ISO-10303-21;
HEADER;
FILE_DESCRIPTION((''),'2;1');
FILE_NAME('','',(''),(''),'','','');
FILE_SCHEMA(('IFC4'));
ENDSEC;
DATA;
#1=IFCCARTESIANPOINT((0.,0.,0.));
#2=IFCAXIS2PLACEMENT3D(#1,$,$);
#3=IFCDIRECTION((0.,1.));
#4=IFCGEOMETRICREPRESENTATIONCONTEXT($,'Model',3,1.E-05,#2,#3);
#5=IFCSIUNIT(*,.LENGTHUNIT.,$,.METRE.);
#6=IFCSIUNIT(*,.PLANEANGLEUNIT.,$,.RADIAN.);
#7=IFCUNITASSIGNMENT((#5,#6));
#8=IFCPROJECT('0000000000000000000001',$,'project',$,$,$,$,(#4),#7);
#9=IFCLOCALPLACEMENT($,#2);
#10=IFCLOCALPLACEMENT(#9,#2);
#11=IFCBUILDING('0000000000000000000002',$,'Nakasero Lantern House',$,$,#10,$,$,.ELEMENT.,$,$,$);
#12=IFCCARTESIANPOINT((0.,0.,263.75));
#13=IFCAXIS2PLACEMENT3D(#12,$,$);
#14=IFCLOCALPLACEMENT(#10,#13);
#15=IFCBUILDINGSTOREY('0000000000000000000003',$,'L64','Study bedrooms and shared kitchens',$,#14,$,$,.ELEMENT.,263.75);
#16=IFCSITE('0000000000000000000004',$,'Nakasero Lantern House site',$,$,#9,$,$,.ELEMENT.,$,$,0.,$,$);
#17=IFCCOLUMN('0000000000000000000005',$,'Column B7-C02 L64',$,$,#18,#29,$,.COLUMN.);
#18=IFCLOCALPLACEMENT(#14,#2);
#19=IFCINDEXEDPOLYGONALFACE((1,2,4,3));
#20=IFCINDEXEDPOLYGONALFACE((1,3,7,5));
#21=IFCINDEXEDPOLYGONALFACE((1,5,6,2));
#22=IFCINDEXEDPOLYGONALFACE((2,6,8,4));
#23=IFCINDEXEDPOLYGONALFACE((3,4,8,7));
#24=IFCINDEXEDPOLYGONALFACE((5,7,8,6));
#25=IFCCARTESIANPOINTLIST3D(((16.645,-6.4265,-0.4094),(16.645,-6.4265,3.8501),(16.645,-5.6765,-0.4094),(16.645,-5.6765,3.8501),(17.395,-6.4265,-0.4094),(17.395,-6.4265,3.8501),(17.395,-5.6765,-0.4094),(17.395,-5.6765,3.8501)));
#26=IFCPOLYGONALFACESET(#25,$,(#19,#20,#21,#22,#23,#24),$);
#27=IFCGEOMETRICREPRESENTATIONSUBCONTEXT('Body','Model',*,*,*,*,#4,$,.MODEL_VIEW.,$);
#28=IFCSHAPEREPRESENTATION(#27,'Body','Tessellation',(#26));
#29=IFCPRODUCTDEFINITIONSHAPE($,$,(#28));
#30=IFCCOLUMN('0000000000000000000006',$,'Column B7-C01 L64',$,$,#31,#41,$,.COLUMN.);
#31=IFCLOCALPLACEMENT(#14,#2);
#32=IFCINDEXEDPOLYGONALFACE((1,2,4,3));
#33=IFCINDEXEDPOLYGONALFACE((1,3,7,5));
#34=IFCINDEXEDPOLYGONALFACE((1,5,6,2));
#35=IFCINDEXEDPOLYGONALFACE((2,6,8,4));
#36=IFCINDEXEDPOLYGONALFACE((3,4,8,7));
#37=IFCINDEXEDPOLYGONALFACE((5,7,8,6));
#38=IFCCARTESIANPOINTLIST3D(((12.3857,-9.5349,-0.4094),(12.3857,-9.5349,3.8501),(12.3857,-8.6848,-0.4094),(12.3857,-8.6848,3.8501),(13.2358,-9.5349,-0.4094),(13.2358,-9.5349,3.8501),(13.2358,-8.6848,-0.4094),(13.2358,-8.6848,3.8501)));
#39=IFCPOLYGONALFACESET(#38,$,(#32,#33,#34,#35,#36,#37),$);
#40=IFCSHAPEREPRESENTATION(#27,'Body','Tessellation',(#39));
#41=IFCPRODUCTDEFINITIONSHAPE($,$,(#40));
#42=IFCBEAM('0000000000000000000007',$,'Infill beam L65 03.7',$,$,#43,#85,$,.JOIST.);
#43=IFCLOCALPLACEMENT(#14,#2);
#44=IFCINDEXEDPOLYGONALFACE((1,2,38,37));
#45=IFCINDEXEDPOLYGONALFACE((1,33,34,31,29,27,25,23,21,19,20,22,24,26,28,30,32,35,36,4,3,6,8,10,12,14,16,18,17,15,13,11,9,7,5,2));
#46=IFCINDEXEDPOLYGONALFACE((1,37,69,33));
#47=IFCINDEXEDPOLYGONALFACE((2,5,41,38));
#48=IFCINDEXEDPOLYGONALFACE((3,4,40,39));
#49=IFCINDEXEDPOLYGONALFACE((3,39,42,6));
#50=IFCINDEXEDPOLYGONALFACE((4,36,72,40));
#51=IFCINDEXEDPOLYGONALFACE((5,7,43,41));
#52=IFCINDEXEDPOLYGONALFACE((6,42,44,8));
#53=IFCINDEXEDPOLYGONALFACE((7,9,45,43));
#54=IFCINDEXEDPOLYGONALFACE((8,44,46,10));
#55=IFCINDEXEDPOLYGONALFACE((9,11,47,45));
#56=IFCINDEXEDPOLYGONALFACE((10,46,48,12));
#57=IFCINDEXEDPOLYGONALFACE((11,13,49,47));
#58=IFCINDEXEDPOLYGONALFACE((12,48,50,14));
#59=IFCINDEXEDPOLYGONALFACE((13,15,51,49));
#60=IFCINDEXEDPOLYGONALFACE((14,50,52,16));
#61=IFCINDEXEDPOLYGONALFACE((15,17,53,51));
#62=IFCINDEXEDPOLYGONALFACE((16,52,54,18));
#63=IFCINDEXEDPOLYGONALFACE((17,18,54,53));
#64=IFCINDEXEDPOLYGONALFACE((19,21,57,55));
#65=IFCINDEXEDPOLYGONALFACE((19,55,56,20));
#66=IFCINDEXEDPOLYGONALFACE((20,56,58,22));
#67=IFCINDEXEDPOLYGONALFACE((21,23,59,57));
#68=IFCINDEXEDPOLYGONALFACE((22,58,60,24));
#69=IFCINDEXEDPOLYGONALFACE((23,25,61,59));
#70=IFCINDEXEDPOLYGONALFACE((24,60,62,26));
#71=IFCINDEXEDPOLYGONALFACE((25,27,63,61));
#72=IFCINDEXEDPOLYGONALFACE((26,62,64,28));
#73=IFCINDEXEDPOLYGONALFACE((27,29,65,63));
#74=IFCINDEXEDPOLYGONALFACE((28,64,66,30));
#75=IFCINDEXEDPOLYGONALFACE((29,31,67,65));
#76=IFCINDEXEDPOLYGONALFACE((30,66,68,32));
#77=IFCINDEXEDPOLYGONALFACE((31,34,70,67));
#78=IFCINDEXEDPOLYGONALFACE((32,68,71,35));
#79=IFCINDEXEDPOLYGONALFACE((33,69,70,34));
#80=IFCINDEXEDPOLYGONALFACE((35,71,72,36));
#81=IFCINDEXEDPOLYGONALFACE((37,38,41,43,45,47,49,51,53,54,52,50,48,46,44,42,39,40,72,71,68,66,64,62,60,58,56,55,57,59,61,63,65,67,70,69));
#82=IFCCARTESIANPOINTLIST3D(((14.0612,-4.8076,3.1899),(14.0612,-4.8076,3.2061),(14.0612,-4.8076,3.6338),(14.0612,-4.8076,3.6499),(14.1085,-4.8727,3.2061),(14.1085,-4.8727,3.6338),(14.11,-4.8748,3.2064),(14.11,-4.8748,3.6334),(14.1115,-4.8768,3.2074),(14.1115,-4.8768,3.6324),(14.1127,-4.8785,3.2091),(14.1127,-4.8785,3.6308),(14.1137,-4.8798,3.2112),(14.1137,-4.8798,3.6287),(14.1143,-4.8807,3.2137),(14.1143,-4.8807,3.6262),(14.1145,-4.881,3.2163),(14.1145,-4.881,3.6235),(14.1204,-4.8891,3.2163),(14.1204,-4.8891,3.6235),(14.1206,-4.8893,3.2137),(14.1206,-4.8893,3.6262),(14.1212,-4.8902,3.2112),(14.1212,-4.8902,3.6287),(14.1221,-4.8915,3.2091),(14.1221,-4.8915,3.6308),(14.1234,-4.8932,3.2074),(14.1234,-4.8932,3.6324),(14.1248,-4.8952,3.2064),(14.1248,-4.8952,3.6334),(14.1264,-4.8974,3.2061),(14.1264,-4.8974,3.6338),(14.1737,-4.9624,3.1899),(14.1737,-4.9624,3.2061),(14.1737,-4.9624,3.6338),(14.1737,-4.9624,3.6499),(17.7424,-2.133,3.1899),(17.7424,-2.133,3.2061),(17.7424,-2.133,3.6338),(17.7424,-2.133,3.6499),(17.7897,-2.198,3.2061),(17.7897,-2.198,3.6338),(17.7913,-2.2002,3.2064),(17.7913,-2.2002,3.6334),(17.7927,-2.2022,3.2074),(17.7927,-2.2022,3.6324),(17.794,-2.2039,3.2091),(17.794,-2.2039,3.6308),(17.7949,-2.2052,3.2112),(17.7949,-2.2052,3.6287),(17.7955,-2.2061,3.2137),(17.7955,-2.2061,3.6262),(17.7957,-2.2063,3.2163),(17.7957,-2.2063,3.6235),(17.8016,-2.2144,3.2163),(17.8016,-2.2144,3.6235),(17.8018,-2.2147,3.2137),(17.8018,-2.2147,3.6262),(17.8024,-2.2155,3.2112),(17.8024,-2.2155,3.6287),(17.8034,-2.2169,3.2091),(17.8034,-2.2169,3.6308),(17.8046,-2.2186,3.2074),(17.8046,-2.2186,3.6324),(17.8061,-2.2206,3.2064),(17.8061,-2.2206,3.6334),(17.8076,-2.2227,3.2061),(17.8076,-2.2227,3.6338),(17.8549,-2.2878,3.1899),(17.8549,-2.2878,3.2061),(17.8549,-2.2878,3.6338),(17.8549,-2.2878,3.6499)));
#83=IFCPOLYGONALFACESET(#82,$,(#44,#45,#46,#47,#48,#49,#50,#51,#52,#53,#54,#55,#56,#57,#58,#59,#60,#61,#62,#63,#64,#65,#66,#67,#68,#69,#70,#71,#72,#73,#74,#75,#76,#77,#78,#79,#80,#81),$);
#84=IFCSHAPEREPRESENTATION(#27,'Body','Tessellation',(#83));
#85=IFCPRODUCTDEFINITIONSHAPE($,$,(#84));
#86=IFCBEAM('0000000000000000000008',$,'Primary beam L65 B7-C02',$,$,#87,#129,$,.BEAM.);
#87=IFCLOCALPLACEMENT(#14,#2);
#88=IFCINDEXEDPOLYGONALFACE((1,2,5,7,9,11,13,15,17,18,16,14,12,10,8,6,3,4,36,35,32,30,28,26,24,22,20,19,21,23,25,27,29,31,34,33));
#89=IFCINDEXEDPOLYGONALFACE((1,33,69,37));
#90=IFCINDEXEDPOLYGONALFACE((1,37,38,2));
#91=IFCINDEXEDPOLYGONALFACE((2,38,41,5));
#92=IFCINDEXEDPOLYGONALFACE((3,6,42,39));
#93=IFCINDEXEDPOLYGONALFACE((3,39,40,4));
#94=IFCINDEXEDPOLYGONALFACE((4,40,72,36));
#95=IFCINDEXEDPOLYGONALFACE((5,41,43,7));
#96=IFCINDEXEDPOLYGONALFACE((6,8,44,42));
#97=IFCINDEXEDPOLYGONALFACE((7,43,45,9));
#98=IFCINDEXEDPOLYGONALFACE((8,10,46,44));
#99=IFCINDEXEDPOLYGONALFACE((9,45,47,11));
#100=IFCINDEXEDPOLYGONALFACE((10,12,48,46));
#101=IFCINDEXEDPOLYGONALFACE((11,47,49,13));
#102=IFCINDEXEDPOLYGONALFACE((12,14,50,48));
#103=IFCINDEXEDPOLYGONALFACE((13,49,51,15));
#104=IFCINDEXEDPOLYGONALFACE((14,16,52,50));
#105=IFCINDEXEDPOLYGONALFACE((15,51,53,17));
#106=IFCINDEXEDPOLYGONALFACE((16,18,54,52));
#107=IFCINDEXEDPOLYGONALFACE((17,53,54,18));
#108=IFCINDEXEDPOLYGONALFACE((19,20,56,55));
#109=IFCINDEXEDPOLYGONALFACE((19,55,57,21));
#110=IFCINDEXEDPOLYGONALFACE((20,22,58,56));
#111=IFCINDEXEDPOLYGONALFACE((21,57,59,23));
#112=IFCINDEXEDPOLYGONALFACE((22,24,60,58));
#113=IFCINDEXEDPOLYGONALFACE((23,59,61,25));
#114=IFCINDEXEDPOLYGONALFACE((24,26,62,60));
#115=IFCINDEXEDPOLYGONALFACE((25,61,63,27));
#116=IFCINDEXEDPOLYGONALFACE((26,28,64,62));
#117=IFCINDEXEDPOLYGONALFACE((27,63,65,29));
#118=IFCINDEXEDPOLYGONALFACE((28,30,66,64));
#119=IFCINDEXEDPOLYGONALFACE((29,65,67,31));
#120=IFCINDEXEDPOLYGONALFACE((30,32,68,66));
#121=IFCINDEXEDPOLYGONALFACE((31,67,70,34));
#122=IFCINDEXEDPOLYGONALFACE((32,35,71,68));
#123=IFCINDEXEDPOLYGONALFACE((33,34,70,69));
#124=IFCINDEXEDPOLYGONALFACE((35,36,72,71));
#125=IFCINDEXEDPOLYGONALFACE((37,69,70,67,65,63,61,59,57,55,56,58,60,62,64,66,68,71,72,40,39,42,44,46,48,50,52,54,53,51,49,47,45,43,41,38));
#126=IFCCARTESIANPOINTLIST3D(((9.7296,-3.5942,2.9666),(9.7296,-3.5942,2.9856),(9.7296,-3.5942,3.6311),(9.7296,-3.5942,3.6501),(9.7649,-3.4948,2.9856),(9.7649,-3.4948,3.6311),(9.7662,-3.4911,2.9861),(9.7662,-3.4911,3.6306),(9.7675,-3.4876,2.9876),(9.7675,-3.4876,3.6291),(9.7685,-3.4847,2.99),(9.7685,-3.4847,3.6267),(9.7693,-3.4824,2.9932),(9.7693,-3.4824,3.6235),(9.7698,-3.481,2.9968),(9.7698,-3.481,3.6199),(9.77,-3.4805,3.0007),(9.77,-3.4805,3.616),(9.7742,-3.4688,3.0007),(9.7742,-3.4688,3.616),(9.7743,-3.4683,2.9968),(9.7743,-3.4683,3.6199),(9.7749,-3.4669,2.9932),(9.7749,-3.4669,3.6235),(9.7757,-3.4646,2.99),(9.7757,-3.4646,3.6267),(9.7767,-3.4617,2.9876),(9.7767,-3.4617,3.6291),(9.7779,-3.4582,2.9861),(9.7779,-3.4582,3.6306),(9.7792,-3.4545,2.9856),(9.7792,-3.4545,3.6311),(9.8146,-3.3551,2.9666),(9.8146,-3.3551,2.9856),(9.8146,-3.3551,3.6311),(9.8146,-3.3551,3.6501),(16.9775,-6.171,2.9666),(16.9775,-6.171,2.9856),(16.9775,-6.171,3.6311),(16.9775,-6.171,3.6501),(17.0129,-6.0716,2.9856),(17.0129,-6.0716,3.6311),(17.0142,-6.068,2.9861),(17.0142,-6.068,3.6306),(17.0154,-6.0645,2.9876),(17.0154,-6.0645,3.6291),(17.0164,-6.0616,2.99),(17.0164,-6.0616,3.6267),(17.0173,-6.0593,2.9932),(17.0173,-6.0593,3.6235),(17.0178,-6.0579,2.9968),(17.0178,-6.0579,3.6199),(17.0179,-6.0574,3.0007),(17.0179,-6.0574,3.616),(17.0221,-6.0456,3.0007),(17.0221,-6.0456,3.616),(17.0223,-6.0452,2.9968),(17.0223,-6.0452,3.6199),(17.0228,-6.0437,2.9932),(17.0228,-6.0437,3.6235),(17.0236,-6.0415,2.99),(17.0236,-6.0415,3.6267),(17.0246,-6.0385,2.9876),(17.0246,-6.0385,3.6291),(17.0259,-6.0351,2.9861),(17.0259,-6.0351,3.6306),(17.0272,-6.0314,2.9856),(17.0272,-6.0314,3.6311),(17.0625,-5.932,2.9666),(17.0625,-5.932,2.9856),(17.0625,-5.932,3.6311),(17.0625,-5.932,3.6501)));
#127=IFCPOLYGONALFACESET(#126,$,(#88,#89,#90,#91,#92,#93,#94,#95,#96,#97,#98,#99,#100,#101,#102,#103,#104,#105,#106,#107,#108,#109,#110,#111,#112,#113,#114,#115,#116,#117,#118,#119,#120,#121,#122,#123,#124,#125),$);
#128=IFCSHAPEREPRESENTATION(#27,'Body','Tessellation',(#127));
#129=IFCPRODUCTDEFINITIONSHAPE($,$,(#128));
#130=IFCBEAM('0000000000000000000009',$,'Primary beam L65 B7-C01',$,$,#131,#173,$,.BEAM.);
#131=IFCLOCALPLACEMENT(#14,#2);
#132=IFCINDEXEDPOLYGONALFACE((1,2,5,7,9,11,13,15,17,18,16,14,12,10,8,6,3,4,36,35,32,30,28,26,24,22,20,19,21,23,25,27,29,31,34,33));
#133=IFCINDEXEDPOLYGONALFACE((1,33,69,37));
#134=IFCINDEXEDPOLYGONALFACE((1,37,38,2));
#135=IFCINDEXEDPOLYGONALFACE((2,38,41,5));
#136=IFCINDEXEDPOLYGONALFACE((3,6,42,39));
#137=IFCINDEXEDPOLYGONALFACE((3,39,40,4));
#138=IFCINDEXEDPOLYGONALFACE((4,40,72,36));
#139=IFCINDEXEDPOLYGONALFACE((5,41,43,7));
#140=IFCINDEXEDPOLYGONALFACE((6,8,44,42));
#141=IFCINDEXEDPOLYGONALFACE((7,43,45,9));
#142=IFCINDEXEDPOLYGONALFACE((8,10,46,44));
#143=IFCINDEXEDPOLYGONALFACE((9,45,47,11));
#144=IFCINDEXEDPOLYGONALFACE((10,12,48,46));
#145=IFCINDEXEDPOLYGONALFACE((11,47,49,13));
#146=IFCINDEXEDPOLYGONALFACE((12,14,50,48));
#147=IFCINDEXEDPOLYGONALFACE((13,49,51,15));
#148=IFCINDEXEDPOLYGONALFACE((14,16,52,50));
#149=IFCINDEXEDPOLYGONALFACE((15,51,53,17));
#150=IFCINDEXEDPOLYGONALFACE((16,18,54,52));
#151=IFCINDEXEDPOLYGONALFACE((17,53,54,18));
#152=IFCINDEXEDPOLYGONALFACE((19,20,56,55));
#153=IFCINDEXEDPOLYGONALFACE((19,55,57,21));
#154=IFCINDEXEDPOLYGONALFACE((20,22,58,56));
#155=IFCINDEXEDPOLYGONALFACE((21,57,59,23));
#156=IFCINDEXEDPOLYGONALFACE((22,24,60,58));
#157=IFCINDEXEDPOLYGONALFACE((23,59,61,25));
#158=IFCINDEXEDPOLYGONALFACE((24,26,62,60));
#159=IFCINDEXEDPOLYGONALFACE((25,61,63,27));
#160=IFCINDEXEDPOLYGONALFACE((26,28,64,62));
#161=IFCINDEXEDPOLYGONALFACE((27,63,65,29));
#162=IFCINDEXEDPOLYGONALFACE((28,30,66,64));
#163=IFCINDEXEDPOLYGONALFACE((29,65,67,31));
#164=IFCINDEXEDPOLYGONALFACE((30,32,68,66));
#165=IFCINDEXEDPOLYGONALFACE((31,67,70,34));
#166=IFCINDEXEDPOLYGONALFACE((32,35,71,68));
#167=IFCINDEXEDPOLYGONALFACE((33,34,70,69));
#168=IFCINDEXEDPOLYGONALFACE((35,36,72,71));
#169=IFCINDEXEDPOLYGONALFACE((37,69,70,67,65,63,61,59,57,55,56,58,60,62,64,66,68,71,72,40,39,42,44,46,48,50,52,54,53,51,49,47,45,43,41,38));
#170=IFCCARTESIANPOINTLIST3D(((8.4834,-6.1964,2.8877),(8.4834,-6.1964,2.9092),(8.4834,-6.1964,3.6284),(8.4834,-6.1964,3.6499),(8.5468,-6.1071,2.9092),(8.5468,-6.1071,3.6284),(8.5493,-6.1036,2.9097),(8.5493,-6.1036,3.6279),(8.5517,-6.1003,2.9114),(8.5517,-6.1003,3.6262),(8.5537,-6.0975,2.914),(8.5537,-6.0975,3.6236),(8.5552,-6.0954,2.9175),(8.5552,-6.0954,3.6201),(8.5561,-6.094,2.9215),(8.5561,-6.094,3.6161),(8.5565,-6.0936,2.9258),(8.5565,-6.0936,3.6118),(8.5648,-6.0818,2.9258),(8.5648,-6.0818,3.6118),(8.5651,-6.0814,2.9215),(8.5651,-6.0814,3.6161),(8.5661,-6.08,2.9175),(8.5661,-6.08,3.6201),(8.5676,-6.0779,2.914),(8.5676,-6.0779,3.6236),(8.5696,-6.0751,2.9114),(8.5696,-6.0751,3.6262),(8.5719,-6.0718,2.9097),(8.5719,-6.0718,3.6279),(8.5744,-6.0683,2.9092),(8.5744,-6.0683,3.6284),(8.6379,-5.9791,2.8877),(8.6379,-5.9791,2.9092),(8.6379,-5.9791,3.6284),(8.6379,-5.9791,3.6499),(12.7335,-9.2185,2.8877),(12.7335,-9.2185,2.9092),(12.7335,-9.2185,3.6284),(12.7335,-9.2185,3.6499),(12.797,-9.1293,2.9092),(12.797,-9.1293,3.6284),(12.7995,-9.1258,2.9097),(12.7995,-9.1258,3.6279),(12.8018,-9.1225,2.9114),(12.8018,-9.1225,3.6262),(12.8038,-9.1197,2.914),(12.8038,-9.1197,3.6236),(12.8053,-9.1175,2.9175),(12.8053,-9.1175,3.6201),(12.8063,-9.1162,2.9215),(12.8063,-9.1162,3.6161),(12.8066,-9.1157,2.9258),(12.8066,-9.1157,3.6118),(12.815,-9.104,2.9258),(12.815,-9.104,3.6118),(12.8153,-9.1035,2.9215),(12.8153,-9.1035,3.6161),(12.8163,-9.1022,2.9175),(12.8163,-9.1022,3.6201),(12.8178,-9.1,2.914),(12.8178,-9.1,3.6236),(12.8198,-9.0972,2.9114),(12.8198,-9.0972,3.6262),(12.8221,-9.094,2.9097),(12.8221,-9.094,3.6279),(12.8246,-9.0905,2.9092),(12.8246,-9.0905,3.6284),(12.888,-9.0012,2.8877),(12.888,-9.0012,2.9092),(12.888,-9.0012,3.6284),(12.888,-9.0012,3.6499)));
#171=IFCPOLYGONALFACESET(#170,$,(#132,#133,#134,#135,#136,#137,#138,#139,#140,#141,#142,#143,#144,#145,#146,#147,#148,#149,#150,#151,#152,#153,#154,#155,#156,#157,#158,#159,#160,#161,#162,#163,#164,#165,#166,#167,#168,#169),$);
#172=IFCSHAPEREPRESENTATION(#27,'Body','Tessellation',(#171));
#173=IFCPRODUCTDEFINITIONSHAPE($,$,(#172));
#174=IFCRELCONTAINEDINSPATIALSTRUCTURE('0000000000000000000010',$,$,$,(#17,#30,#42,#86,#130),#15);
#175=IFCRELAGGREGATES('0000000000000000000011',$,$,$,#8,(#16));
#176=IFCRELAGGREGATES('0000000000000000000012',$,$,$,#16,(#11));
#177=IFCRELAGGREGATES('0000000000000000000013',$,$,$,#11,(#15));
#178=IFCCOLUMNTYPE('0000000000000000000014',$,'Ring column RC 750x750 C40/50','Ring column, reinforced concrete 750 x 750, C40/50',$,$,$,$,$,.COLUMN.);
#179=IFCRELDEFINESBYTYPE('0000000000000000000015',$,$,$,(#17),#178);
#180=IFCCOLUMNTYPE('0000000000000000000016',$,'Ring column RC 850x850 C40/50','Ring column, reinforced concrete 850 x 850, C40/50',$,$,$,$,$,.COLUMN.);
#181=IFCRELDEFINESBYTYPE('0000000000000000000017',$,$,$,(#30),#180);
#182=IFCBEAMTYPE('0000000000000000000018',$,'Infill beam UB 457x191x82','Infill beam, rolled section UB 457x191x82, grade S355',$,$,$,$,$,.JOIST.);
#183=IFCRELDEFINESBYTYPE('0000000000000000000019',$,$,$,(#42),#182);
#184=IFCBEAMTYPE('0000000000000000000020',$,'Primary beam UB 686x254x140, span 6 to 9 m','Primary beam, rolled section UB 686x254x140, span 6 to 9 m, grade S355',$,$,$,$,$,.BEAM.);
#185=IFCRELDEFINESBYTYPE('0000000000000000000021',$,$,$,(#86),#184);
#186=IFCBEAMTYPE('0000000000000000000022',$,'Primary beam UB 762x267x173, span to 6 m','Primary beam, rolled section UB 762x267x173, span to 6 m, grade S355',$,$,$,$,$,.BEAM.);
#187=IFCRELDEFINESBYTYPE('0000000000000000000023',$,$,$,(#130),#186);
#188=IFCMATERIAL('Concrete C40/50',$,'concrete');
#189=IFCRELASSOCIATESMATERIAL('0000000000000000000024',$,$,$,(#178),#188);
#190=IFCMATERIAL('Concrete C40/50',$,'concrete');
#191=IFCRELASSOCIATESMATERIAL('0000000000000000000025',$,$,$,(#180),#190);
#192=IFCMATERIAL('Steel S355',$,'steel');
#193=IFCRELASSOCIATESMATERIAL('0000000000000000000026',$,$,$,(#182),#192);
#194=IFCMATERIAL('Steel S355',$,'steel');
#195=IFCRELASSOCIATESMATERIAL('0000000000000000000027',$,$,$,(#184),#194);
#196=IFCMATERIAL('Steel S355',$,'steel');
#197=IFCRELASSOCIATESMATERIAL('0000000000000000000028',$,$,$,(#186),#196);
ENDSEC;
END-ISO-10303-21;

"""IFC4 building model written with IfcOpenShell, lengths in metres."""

from ifc_helpers import new_model, si_unit, direction, frame, origin, origin_2d, place, context, subcontext, project, spatial, rectangle, i_section, extrude, material, material_profile, profile_set, type_object, element, save


model = new_model("IFC4")

# Units and contexts
model_context = context("Model", 3, precision=1e-05, world=origin(), true_north=direction((0.0, 1.0)))
body_context = subcontext(model_context, "Body", "Model", "MODEL_VIEW")
ifc_project = project(units=[si_unit("LENGTHUNIT", "METRE"), si_unit("PLANEANGLEUNIT", "RADIAN")], contexts=[model_context])

# Site, building, storey
site_placement = place(None, origin())
site = spatial("IfcSite", under=ifc_project, at=site_placement, Name="Nakasero Lantern House site", CompositionType="ELEMENT", RefElevation=0.0)
building_placement = place(site_placement, origin())
building = spatial("IfcBuilding", under=site, at=building_placement, Name="Nakasero Lantern House", CompositionType="ELEMENT")
storey_placement = place(building_placement, frame((0.0, 0.0, 263.75)))
storey = spatial("IfcBuildingStorey", under=building, at=storey_placement, Name="L64", Description="Study bedrooms and shared kitchens", CompositionType="ELEMENT", Elevation=263.75)

# Columns
ifc_material_1 = material(Name="Concrete C40/50", Category="concrete")
ifc_material_profile_1 = material_profile(ifc_material_1, rectangle(XDim=0.75, YDim=0.75, at=origin_2d()), Name="RC 750x750")
ifc_profile_set_1 = profile_set([ifc_material_profile_1], Name="Concrete C40/50")
column_type_1 = type_object("IfcColumnType", Name="Ring column RC 750x750 C40/50", Description="Ring column, reinforced concrete 750 x 750, C40/50", PredefinedType="COLUMN", material=ifc_profile_set_1)
column_1_placement = place(storey_placement, frame((17.02, -6.0515, -0.4094), z_axis=(0.0, 0.0, 1.0), x_axis=(1.0, 0.0, 0.0)))
element("IfcColumn", 1, at=column_1_placement, inside=storey, type_object=column_type_1, Name="Column B7-C02 L64", PredefinedType="COLUMN", context=body_context, shape_type="SweptSolid", body=[
    extrude(rectangle(XDim=0.75, YDim=0.75, at=origin_2d()), origin(), (0.0, 0.0, 1.0), 4.2595),
])
ifc_material_2 = material(Name="Concrete C40/50", Category="concrete")
ifc_material_profile_2 = material_profile(ifc_material_2, rectangle(XDim=0.8501, YDim=0.8501, at=origin_2d()), Name="RC 850x850")
ifc_profile_set_2 = profile_set([ifc_material_profile_2], Name="Concrete C40/50")
column_type_2 = type_object("IfcColumnType", Name="Ring column RC 850x850 C40/50", Description="Ring column, reinforced concrete 850 x 850, C40/50", PredefinedType="COLUMN", material=ifc_profile_set_2)
column_2_placement = place(storey_placement, frame((12.8108, -9.1099, -0.4094), z_axis=(0.0, 0.0, 1.0), x_axis=(1.0, 0.0, 0.0)))
element("IfcColumn", 2, at=column_2_placement, inside=storey, type_object=column_type_2, Name="Column B7-C01 L64", PredefinedType="COLUMN", context=body_context, shape_type="SweptSolid", body=[
    extrude(rectangle(XDim=0.8501, YDim=0.8501, at=origin_2d()), origin(), (0.0, 0.0, 1.0), 4.2595),
])

# Beams
ifc_material_3 = material(Name="Steel S355", Category="steel")
ifc_material_profile_3 = material_profile(ifc_material_3, i_section(OverallWidth=0.1914, OverallDepth=0.46, WebThickness=0.01, FlangeThickness=0.0161, FilletRadius=0.0103, at=origin_2d()), Name="UB 457x191x82")
ifc_profile_set_3 = profile_set([ifc_material_profile_3], Name="Steel S355")
beam_type_1 = type_object("IfcBeamType", Name="Infill beam UB 457x191x82", Description="Infill beam, rolled section UB 457x191x82, grade S355", PredefinedType="JOIST", material=ifc_profile_set_3)
beam_1_placement = place(storey_placement, frame((14.1174, -4.885, 3.4199), z_axis=(0.809012, 0.587792, 0.0), x_axis=(-0.587792, 0.809012, 0.0)))
element("IfcBeam", 3, at=beam_1_placement, inside=storey, type_object=beam_type_1, Name="Infill beam L65 03.7", PredefinedType="JOIST", context=body_context, shape_type="SweptSolid", body=[
    extrude(i_section(OverallWidth=0.1914, OverallDepth=0.46, WebThickness=0.01, FlangeThickness=0.0161, FilletRadius=0.0103, at=origin_2d()), origin(), (0.0, 0.0, 1.0), 4.5503),
])
ifc_material_4 = material(Name="Steel S355", Category="steel")
ifc_material_profile_4 = material_profile(ifc_material_4, i_section(OverallWidth=0.2537, OverallDepth=0.6836, WebThickness=0.0125, FlangeThickness=0.019, FilletRadius=0.0151, at=origin_2d()), Name="UB 686x254x140")
ifc_profile_set_4 = profile_set([ifc_material_profile_4], Name="Steel S355")
beam_type_2 = type_object("IfcBeamType", Name="Primary beam UB 686x254x140, span 6 to 9 m", Description="Primary beam, rolled section UB 686x254x140, span 6 to 9 m, grade S355", PredefinedType="BEAM", material=ifc_profile_set_4)
beam_2_placement = place(storey_placement, frame((17.02, -6.0515, 3.3083), z_axis=(-0.942222, 0.334989, 0.0), x_axis=(-0.334989, -0.942222, 0.0)))
element("IfcBeam", 4, at=beam_2_placement, inside=storey, type_object=beam_type_2, Name="Primary beam L65 B7-C02", PredefinedType="BEAM", context=body_context, shape_type="SweptSolid", body=[
    extrude(i_section(OverallWidth=0.2537, OverallDepth=0.6836, WebThickness=0.0125, FlangeThickness=0.019, FilletRadius=0.0151, at=origin_2d()), origin(), (0.0, 0.0, 1.0), 7.6924),
])
ifc_material_5 = material(Name="Steel S355", Category="steel")
ifc_material_profile_5 = material_profile(ifc_material_5, i_section(OverallWidth=0.2666, OverallDepth=0.7622, WebThickness=0.0144, FlangeThickness=0.0215, FilletRadius=0.0166, at=origin_2d()), Name="UB 762x267x173")
ifc_profile_set_5 = profile_set([ifc_material_profile_5], Name="Steel S355")
beam_type_3 = type_object("IfcBeamType", Name="Primary beam UB 762x267x173, span to 6 m", Description="Primary beam, rolled section UB 762x267x173, span to 6 m, grade S355", PredefinedType="BEAM", material=ifc_profile_set_5)
beam_3_placement = place(storey_placement, frame((12.8108, -9.1099, 3.2688), z_axis=(-0.814972, 0.579501, 0.0), x_axis=(-0.579501, -0.814972, 0.0)))
element("IfcBeam", 5, at=beam_3_placement, inside=storey, type_object=beam_type_3, Name="Primary beam L65 B7-C01", PredefinedType="BEAM", context=body_context, shape_type="SweptSolid", body=[
    extrude(i_section(OverallWidth=0.2666, OverallDepth=0.7622, WebThickness=0.0144, FlangeThickness=0.0215, FilletRadius=0.0166, at=origin_2d()), origin(), (0.0, 0.0, 1.0), 5.2151),
])

save(model, "model.ifc")
